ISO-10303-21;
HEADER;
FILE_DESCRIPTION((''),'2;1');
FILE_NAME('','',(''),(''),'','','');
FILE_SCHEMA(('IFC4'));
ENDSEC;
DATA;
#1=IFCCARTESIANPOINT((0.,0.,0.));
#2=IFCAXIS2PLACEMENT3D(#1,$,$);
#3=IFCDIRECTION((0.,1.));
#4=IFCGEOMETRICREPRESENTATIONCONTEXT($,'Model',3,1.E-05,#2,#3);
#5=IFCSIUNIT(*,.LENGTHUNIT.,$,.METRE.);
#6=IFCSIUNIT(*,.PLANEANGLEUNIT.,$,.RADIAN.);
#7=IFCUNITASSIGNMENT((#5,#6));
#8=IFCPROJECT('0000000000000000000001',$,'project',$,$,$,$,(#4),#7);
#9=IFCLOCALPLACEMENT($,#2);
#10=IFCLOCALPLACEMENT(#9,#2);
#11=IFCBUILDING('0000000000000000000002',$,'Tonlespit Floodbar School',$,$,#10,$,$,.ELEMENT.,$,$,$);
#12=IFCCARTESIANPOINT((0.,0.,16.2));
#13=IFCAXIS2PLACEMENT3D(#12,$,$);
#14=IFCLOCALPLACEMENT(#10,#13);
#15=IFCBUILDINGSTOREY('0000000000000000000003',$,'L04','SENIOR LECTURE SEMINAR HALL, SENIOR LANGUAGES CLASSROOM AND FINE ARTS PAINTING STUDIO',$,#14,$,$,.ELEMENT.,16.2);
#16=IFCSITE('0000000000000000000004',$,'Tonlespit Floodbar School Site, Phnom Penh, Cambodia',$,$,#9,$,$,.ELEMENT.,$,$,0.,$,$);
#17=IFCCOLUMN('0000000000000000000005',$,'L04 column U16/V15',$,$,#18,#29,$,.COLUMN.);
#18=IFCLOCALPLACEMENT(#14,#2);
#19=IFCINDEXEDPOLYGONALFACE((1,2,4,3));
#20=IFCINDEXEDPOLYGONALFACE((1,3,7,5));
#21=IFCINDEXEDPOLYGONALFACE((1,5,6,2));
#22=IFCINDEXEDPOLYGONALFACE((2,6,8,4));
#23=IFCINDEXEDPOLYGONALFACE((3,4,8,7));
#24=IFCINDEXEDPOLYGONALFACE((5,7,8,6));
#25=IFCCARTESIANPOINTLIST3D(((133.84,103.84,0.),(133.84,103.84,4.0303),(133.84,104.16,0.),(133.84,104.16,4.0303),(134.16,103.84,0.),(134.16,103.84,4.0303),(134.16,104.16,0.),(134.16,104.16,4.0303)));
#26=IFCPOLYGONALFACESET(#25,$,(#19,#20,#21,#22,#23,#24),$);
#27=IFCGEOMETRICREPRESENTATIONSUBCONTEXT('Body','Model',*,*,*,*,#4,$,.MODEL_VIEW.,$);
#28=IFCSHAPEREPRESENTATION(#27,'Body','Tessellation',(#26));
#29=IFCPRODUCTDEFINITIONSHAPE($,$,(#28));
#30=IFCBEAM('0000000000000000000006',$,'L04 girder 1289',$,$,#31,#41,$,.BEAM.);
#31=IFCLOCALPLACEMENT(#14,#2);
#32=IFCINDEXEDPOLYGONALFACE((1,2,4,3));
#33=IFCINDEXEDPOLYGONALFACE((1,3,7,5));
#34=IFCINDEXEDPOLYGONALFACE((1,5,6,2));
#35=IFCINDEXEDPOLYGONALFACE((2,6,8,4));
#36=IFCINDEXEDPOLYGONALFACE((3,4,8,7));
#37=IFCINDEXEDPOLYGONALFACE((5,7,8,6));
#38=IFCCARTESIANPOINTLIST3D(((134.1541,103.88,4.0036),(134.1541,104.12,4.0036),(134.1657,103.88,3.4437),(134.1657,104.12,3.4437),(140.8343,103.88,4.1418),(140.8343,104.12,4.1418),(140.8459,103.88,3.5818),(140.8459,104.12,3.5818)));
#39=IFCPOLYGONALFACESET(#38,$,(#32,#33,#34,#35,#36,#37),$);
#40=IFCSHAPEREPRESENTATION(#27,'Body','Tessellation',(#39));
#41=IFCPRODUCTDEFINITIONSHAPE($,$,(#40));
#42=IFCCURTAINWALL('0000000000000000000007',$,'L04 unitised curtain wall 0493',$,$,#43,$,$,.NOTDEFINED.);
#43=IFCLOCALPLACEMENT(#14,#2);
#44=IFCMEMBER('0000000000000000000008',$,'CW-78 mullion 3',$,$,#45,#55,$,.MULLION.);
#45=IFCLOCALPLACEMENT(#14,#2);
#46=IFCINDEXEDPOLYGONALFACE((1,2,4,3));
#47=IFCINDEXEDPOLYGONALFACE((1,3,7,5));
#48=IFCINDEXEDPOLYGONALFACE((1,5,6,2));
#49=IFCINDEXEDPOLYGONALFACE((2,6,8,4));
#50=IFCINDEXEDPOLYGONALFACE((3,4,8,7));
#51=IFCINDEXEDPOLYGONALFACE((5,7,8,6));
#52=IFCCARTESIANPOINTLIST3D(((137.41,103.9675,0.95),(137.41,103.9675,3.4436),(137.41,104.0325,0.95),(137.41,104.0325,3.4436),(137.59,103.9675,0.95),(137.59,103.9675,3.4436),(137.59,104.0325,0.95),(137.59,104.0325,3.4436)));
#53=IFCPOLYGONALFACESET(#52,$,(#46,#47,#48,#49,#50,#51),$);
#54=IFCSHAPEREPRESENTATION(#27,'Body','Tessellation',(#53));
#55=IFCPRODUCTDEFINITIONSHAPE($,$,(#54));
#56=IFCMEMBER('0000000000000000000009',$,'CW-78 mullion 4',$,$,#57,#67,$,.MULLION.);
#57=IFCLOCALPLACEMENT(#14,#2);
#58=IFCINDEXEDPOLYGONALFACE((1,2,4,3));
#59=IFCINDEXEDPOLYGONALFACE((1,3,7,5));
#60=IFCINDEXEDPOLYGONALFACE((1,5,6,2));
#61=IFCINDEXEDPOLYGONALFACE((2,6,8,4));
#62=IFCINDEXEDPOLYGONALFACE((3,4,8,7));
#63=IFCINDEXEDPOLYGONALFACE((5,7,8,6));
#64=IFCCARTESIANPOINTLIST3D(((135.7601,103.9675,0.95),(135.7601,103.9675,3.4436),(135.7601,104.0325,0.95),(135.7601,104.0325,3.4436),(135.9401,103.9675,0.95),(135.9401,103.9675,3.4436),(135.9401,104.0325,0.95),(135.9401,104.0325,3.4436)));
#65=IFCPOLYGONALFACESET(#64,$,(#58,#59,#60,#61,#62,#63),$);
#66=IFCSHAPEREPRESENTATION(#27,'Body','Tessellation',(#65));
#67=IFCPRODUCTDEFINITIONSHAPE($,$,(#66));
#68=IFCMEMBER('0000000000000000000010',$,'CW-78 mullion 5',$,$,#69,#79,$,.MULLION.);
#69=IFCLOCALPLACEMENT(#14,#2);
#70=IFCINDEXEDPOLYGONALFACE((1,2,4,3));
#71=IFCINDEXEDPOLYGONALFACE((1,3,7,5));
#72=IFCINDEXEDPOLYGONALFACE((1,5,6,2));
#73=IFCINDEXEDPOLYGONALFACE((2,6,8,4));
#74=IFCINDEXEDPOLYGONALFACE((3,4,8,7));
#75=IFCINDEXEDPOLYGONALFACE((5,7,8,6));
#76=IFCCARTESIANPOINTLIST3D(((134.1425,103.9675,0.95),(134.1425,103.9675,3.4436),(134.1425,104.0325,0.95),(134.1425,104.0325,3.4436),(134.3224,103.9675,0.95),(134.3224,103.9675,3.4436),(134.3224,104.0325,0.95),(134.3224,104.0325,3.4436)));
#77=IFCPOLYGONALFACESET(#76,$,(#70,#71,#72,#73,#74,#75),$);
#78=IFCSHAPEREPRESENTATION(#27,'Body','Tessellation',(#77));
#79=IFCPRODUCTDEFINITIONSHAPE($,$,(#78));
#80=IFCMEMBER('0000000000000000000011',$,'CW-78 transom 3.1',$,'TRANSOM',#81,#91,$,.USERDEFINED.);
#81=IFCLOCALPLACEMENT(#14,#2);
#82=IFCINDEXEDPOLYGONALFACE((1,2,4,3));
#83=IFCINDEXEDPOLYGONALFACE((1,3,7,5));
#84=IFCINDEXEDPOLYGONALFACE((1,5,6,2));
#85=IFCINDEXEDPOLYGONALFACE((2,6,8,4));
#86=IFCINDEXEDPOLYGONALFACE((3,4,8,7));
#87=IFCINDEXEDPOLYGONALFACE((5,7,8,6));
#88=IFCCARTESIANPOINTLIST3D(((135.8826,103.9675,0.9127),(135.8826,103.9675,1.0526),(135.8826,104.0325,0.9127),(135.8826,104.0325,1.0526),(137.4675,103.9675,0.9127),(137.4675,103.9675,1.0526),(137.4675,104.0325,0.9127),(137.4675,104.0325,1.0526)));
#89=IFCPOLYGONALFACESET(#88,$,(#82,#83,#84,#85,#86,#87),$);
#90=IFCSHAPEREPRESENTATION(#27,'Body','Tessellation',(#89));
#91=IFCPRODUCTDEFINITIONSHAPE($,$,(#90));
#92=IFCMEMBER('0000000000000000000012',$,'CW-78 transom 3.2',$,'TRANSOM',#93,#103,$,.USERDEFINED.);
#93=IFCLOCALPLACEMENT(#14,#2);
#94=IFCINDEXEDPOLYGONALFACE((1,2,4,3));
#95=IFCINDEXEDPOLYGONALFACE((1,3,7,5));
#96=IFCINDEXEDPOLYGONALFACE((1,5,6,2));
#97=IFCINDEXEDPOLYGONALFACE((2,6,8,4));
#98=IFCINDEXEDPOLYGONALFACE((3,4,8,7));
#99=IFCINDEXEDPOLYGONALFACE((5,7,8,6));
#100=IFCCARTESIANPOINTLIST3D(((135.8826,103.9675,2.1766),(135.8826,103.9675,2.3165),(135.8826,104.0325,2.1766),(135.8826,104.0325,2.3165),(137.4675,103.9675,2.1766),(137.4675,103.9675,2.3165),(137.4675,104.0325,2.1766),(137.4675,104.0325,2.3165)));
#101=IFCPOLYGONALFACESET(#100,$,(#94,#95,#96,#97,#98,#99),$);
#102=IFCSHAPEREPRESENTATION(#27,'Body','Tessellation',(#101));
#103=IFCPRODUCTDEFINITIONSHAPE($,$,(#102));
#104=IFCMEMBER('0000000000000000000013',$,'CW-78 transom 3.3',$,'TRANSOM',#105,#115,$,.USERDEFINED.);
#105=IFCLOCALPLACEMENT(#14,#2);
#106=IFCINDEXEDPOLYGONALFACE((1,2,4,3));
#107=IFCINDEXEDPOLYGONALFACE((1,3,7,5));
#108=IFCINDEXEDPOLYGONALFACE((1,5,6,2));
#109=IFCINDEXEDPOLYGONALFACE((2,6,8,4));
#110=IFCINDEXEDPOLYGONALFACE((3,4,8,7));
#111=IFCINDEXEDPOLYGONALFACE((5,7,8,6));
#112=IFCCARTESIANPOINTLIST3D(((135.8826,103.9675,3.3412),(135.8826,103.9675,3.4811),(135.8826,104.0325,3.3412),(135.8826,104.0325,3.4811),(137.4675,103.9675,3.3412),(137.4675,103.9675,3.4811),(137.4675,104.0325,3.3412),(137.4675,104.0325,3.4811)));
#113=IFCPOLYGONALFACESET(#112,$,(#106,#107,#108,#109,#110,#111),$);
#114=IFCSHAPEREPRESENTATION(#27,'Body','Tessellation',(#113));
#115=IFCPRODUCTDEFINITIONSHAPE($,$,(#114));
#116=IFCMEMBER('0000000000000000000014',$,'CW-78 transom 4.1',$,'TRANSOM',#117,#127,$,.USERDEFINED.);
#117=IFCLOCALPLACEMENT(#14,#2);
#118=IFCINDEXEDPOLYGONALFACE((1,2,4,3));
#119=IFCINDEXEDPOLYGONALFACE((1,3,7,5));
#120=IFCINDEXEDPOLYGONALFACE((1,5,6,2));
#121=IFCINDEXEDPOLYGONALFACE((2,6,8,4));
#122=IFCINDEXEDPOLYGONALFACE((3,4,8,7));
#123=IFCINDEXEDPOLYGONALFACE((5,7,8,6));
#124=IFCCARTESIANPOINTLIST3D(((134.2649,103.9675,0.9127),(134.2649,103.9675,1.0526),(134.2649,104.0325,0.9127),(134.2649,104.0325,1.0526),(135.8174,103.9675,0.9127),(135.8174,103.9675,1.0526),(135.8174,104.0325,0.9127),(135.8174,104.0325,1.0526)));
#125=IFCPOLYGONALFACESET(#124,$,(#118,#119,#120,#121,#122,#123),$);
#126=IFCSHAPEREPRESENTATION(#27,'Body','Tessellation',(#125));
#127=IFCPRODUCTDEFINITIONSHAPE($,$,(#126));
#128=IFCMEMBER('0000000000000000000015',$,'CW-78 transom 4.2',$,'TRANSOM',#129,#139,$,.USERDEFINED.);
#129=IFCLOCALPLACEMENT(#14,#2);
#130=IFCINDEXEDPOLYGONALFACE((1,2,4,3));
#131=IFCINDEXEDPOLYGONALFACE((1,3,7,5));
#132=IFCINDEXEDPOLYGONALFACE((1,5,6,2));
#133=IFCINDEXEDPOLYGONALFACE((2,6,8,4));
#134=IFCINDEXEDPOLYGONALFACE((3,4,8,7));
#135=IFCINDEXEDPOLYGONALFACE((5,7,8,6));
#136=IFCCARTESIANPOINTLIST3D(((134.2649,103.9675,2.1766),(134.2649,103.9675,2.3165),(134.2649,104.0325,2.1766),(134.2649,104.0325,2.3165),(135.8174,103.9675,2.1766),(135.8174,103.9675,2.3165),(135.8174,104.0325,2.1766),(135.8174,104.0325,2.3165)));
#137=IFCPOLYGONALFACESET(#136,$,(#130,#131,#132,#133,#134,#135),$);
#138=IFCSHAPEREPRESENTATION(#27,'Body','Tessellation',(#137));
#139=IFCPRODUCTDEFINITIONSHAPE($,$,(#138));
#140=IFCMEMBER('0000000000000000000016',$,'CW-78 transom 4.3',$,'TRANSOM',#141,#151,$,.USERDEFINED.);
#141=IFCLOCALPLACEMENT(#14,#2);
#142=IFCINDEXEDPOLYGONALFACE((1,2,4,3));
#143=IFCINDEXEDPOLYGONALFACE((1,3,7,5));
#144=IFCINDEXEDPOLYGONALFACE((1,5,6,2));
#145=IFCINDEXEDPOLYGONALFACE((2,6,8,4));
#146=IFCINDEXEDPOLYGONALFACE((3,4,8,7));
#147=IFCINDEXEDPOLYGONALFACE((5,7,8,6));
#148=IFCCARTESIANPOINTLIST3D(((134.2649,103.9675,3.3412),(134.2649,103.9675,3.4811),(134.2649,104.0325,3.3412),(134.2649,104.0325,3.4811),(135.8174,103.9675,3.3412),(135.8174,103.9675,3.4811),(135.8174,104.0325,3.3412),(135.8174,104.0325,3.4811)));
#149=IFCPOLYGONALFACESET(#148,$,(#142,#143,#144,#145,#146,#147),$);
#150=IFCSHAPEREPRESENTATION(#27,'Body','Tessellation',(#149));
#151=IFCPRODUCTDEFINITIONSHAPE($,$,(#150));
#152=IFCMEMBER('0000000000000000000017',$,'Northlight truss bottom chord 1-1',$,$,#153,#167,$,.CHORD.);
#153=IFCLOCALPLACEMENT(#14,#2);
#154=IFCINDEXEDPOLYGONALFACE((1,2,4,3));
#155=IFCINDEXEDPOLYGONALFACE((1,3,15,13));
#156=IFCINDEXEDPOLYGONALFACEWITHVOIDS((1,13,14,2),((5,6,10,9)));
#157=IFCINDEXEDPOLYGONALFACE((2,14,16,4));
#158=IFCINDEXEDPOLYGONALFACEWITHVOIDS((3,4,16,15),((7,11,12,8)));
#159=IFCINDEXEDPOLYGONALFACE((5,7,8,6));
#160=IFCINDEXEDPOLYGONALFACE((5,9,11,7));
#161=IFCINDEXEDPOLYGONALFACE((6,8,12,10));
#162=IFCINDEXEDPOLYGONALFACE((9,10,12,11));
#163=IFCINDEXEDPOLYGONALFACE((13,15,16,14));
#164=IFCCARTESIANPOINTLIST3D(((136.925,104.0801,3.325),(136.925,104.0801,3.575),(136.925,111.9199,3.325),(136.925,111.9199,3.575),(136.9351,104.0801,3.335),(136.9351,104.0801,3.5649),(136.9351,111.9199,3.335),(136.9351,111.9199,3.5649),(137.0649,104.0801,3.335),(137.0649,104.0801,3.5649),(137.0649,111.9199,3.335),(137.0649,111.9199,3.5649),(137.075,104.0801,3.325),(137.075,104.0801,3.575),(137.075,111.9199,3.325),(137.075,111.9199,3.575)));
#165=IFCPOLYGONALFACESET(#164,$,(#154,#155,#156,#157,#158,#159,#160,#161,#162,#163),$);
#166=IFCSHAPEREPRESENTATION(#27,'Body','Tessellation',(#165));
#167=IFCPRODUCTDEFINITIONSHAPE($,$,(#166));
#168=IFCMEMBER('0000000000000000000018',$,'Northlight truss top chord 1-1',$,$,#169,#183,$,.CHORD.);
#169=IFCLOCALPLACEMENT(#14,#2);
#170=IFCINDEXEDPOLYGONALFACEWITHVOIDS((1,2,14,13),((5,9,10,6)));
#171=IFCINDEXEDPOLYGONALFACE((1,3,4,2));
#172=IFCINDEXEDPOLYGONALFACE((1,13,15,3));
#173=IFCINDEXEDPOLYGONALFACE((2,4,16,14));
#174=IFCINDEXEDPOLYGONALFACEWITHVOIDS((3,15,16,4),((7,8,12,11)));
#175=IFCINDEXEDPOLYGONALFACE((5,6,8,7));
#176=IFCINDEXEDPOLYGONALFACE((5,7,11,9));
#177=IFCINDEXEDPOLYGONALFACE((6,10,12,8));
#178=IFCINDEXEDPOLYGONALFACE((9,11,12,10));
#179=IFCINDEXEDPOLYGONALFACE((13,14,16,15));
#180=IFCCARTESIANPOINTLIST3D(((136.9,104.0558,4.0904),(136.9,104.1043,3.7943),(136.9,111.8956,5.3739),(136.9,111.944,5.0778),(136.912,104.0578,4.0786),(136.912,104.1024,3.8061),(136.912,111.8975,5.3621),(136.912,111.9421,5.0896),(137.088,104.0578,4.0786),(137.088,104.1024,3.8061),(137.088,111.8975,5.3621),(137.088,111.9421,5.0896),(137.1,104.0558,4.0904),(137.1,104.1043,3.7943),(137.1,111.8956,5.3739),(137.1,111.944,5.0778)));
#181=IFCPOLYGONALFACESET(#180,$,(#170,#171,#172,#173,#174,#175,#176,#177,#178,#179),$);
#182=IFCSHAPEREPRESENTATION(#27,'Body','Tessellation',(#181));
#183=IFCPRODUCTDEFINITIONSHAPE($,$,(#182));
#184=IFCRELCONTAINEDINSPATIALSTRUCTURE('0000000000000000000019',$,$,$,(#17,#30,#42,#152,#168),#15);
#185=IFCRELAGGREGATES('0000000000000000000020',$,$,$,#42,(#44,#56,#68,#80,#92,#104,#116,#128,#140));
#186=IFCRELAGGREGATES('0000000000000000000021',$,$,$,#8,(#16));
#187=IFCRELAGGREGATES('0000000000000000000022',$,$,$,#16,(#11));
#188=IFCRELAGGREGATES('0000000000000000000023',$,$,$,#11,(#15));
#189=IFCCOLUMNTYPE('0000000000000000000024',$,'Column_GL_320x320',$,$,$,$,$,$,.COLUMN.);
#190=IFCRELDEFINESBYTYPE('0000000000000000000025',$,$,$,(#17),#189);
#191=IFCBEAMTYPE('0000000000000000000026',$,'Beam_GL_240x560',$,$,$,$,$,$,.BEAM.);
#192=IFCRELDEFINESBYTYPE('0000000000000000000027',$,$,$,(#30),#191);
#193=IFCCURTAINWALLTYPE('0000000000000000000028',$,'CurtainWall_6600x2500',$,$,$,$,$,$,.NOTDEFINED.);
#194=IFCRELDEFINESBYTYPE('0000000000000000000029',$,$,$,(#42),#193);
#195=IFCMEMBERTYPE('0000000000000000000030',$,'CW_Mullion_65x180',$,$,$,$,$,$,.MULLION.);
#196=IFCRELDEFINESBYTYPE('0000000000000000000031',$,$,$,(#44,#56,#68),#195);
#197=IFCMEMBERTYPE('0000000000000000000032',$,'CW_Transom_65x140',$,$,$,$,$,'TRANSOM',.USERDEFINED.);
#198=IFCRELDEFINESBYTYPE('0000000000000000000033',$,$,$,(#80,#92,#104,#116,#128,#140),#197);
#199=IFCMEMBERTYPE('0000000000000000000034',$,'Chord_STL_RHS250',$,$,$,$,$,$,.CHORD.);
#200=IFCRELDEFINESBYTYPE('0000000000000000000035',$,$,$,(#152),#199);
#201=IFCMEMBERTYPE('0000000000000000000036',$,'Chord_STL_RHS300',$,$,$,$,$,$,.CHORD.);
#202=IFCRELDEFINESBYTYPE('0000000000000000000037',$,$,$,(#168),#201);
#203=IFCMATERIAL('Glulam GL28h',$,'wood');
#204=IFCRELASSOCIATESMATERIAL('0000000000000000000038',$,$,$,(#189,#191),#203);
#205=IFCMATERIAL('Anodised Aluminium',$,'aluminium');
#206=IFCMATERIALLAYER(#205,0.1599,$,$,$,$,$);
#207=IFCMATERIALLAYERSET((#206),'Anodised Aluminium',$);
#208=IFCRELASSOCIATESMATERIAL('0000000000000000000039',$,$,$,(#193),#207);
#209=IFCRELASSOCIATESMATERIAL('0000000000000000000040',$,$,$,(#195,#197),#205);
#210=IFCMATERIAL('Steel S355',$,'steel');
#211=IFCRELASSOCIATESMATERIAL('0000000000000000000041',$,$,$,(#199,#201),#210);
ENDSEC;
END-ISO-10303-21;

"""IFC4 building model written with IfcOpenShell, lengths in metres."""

from ifc_helpers import new_model, si_unit, direction, frame, origin, origin_2d, place, context, subcontext, project, spatial, rectangle, hollow_rectangle, extrude, material, layer, layer_set, material_profile, profile_set, type_object, element, aggregate, save


model = new_model("IFC4")

# Units and contexts
model_context = context("Model", 3, precision=1e-05, world=origin(), true_north=direction((0.0, 1.0)))
body_context = subcontext(model_context, "Body", "Model", "MODEL_VIEW")
ifc_project = project(units=[si_unit("LENGTHUNIT", "METRE"), si_unit("PLANEANGLEUNIT", "RADIAN")], contexts=[model_context])

# Site, building, storey
site_placement = place(None, origin())
site = spatial("IfcSite", under=ifc_project, at=site_placement, Name="Tonlespit Floodbar School Site, Phnom Penh, Cambodia", CompositionType="ELEMENT", RefElevation=0.0)
building_placement = place(site_placement, origin())
building = spatial("IfcBuilding", under=site, at=building_placement, Name="Tonlespit Floodbar School", CompositionType="ELEMENT")
storey_placement = place(building_placement, frame((0.0, 0.0, 16.2)))
storey = spatial("IfcBuildingStorey", under=building, at=storey_placement, Name="L04", Description="SENIOR LECTURE SEMINAR HALL, SENIOR LANGUAGES CLASSROOM AND FINE ARTS PAINTING STUDIO", CompositionType="ELEMENT", Elevation=16.2)

# Column
ifc_material_1 = material(Name="Glulam GL28h", Category="wood")
ifc_material_profile_1 = material_profile(ifc_material_1, rectangle(XDim=0.3201, YDim=0.3201, at=origin_2d()), Name="GL 320x320")
ifc_profile_set_1 = profile_set([ifc_material_profile_1], Name="Glulam GL28h")
column_type = type_object("IfcColumnType", Name="Column_GL_320x320", PredefinedType="COLUMN", material=ifc_profile_set_1)
column_placement = place(storey_placement, frame((134.0, 104.0, 0.0), z_axis=(0.0, 0.0, 1.0), x_axis=(1.0, 0.0, 0.0)))
element("IfcColumn", 1, at=column_placement, inside=storey, type_object=column_type, Name="L04 column U16/V15", PredefinedType="COLUMN", context=body_context, shape_type="SweptSolid", body=[
    extrude(rectangle(XDim=0.3201, YDim=0.3201, at=origin_2d()), origin(), (0.0, 0.0, 1.0), 4.0303),
])

# Beam
ifc_material_profile_2 = material_profile(ifc_material_1, rectangle(XDim=0.24, YDim=0.5601, at=origin_2d()), Name="GL 240x560")
ifc_profile_set_2 = profile_set([ifc_material_profile_2], Name="Glulam GL28h")
beam_type = type_object("IfcBeamType", Name="Beam_GL_240x560", PredefinedType="BEAM", material=ifc_profile_set_2)
beam_placement = place(storey_placement, frame((134.1599, 104.0, 3.7236), z_axis=(0.999786, 0.0, 0.020681), x_axis=(0.0, 1.0, 0.0)))
element("IfcBeam", 2, at=beam_placement, inside=storey, type_object=beam_type, Name="L04 girder 1289", PredefinedType="BEAM", context=body_context, shape_type="SweptSolid", body=[
    extrude(rectangle(XDim=0.24, YDim=0.5601, at=origin_2d()), origin(), (0.0, 0.0, 1.0), 6.6816),
])

# Curtain wall, members
ifc_material_2 = material(Name="Anodised Aluminium", Category="aluminium")
ifc_layer_1 = layer(ifc_material_2, 0.1599)
ifc_layer_set_1 = layer_set([ifc_layer_1], Name="Anodised Aluminium")
curtain_wall_type = type_object("IfcCurtainWallType", Name="CurtainWall_6600x2500", PredefinedType="NOTDEFINED", material=ifc_layer_set_1)
curtain_wall_placement = place(storey_placement, origin())
curtain_wall = element("IfcCurtainWall", 3, at=curtain_wall_placement, inside=storey, type_object=curtain_wall_type, Name="L04 unitised curtain wall 0493", PredefinedType="NOTDEFINED")
ifc_material_profile_3 = material_profile(ifc_material_2, rectangle(XDim=0.0649, YDim=0.1799, at=origin_2d()), Name="ALU M65x180")
ifc_profile_set_3 = profile_set([ifc_material_profile_3], Name="Anodised Aluminium")
member_type_1 = type_object("IfcMemberType", Name="CW_Mullion_65x180", PredefinedType="MULLION", material=ifc_profile_set_3)
member_1_placement = place(storey_placement, frame((137.5, 104.0, 0.95), z_axis=(0.0, 0.0, 1.0), x_axis=(0.0, -1.0, 0.0)))
member_1 = element("IfcMember", 4, at=member_1_placement, type_object=member_type_1, Name="CW-78 mullion 3", PredefinedType="MULLION", context=body_context, shape_type="SweptSolid", body=[
    extrude(rectangle(XDim=0.0649, YDim=0.1799, at=origin_2d()), origin(), (0.0, 0.0, 1.0), 2.4937),
])
member_2_placement = place(storey_placement, frame((135.8501, 104.0, 0.95), z_axis=(0.0, 0.0, 1.0), x_axis=(0.0, -1.0, 0.0)))
member_2 = element("IfcMember", 5, at=member_2_placement, type_object=member_type_1, Name="CW-78 mullion 4", PredefinedType="MULLION", context=body_context, shape_type="SweptSolid", body=[
    extrude(rectangle(XDim=0.0649, YDim=0.1799, at=origin_2d()), origin(), (0.0, 0.0, 1.0), 2.4937),
])
member_3_placement = place(storey_placement, frame((134.2324, 104.0, 0.95), z_axis=(0.0, 0.0, 1.0), x_axis=(0.0, -1.0, 0.0)))
member_3 = element("IfcMember", 6, at=member_3_placement, type_object=member_type_1, Name="CW-78 mullion 5", PredefinedType="MULLION", context=body_context, shape_type="SweptSolid", body=[
    extrude(rectangle(XDim=0.0649, YDim=0.1799, at=origin_2d()), origin(), (0.0, 0.0, 1.0), 2.4937),
])
ifc_material_profile_4 = material_profile(ifc_material_2, rectangle(XDim=0.0649, YDim=0.1399, at=origin_2d()), Name="ALU T65x140")
ifc_profile_set_4 = profile_set([ifc_material_profile_4], Name="Anodised Aluminium")
member_type_2 = type_object("IfcMemberType", Name="CW_Transom_65x140", ElementType="TRANSOM", PredefinedType="USERDEFINED", material=ifc_profile_set_4)
member_4_placement = place(storey_placement, frame((137.4675, 104.0, 0.9827), z_axis=(-1.0, 0.0, 0.0), x_axis=(0.0, -1.0, 0.0)))
member_4 = element("IfcMember", 7, at=member_4_placement, type_object=member_type_2, Name="CW-78 transom 3.1", ObjectType="TRANSOM", PredefinedType="USERDEFINED", context=body_context, shape_type="SweptSolid", body=[
    extrude(rectangle(XDim=0.0649, YDim=0.1399, at=origin_2d()), origin(), (0.0, 0.0, 1.0), 1.585),
])
member_5_placement = place(storey_placement, frame((137.4675, 104.0, 2.2466), z_axis=(-1.0, 0.0, 0.0), x_axis=(0.0, -1.0, 0.0)))
member_5 = element("IfcMember", 8, at=member_5_placement, type_object=member_type_2, Name="CW-78 transom 3.2", ObjectType="TRANSOM", PredefinedType="USERDEFINED", context=body_context, shape_type="SweptSolid", body=[
    extrude(rectangle(XDim=0.0649, YDim=0.1399, at=origin_2d()), origin(), (0.0, 0.0, 1.0), 1.585),
])
member_6_placement = place(storey_placement, frame((137.4675, 104.0, 3.4111), z_axis=(-1.0, 0.0, 0.0), x_axis=(0.0, -1.0, 0.0)))
member_6 = element("IfcMember", 9, at=member_6_placement, type_object=member_type_2, Name="CW-78 transom 3.3", ObjectType="TRANSOM", PredefinedType="USERDEFINED", context=body_context, shape_type="SweptSolid", body=[
    extrude(rectangle(XDim=0.0649, YDim=0.1399, at=origin_2d()), origin(), (0.0, 0.0, 1.0), 1.585),
])
member_7_placement = place(storey_placement, frame((135.8174, 104.0, 0.9827), z_axis=(-1.0, 0.0, 0.0), x_axis=(0.0, -1.0, 0.0)))
member_7 = element("IfcMember", 10, at=member_7_placement, type_object=member_type_2, Name="CW-78 transom 4.1", ObjectType="TRANSOM", PredefinedType="USERDEFINED", context=body_context, shape_type="SweptSolid", body=[
    extrude(rectangle(XDim=0.0649, YDim=0.1399, at=origin_2d()), origin(), (0.0, 0.0, 1.0), 1.5525),
])
member_8_placement = place(storey_placement, frame((135.8174, 104.0, 2.2466), z_axis=(-1.0, 0.0, 0.0), x_axis=(0.0, -1.0, 0.0)))
member_8 = element("IfcMember", 11, at=member_8_placement, type_object=member_type_2, Name="CW-78 transom 4.2", ObjectType="TRANSOM", PredefinedType="USERDEFINED", context=body_context, shape_type="SweptSolid", body=[
    extrude(rectangle(XDim=0.0649, YDim=0.1399, at=origin_2d()), origin(), (0.0, 0.0, 1.0), 1.5525),
])
member_9_placement = place(storey_placement, frame((135.8174, 104.0, 3.4111), z_axis=(-1.0, 0.0, 0.0), x_axis=(0.0, -1.0, 0.0)))
member_9 = element("IfcMember", 12, at=member_9_placement, type_object=member_type_2, Name="CW-78 transom 4.3", ObjectType="TRANSOM", PredefinedType="USERDEFINED", context=body_context, shape_type="SweptSolid", body=[
    extrude(rectangle(XDim=0.0649, YDim=0.1399, at=origin_2d()), origin(), (0.0, 0.0, 1.0), 1.5525),
])

# Members
ifc_material_3 = material(Name="Steel S355", Category="steel")
ifc_material_profile_5 = material_profile(ifc_material_3, hollow_rectangle(XDim=0.1499, YDim=0.25, WallThickness=0.01, at=origin_2d()), Name="RHS 250x150x10")
ifc_profile_set_5 = profile_set([ifc_material_profile_5], Name="Steel S355")
member_type_3 = type_object("IfcMemberType", Name="Chord_STL_RHS250", PredefinedType="CHORD", material=ifc_profile_set_5)
member_10_placement = place(storey_placement, frame((137.0, 104.0801, 3.45), z_axis=(0.0, 1.0, 0.0), x_axis=(-1.0, 0.0, 0.0)))
element("IfcMember", 13, at=member_10_placement, inside=storey, type_object=member_type_3, Name="Northlight truss bottom chord 1-1", PredefinedType="CHORD", context=body_context, shape_type="SweptSolid", body=[
    extrude(hollow_rectangle(XDim=0.1499, YDim=0.25, WallThickness=0.01, at=origin_2d()), origin(), (0.0, 0.0, 1.0), 7.8398),
])
ifc_material_profile_6 = material_profile(ifc_material_3, hollow_rectangle(XDim=0.2, YDim=0.3, WallThickness=0.012, at=origin_2d()), Name="RHS 300x200x12")
ifc_profile_set_6 = profile_set([ifc_material_profile_6], Name="Steel S355")
member_type_4 = type_object("IfcMemberType", Name="Chord_STL_RHS300", PredefinedType="CHORD", material=ifc_profile_set_6)
member_11_placement = place(storey_placement, frame((137.0, 104.0801, 3.9424), z_axis=(0.0, 0.986863, 0.161558), x_axis=(-1.0, 0.0, 0.0)))
element("IfcMember", 14, at=member_11_placement, inside=storey, type_object=member_type_4, Name="Northlight truss top chord 1-1", PredefinedType="CHORD", context=body_context, shape_type="SweptSolid", body=[
    extrude(hollow_rectangle(XDim=0.2, YDim=0.3, WallThickness=0.012, at=origin_2d()), origin(), (0.0, 0.0, 1.0), 7.9441),
])

aggregate(curtain_wall, [member_1, member_2, member_3, member_4, member_5, member_6, member_7, member_8, member_9])

save(model, "model.ifc")
